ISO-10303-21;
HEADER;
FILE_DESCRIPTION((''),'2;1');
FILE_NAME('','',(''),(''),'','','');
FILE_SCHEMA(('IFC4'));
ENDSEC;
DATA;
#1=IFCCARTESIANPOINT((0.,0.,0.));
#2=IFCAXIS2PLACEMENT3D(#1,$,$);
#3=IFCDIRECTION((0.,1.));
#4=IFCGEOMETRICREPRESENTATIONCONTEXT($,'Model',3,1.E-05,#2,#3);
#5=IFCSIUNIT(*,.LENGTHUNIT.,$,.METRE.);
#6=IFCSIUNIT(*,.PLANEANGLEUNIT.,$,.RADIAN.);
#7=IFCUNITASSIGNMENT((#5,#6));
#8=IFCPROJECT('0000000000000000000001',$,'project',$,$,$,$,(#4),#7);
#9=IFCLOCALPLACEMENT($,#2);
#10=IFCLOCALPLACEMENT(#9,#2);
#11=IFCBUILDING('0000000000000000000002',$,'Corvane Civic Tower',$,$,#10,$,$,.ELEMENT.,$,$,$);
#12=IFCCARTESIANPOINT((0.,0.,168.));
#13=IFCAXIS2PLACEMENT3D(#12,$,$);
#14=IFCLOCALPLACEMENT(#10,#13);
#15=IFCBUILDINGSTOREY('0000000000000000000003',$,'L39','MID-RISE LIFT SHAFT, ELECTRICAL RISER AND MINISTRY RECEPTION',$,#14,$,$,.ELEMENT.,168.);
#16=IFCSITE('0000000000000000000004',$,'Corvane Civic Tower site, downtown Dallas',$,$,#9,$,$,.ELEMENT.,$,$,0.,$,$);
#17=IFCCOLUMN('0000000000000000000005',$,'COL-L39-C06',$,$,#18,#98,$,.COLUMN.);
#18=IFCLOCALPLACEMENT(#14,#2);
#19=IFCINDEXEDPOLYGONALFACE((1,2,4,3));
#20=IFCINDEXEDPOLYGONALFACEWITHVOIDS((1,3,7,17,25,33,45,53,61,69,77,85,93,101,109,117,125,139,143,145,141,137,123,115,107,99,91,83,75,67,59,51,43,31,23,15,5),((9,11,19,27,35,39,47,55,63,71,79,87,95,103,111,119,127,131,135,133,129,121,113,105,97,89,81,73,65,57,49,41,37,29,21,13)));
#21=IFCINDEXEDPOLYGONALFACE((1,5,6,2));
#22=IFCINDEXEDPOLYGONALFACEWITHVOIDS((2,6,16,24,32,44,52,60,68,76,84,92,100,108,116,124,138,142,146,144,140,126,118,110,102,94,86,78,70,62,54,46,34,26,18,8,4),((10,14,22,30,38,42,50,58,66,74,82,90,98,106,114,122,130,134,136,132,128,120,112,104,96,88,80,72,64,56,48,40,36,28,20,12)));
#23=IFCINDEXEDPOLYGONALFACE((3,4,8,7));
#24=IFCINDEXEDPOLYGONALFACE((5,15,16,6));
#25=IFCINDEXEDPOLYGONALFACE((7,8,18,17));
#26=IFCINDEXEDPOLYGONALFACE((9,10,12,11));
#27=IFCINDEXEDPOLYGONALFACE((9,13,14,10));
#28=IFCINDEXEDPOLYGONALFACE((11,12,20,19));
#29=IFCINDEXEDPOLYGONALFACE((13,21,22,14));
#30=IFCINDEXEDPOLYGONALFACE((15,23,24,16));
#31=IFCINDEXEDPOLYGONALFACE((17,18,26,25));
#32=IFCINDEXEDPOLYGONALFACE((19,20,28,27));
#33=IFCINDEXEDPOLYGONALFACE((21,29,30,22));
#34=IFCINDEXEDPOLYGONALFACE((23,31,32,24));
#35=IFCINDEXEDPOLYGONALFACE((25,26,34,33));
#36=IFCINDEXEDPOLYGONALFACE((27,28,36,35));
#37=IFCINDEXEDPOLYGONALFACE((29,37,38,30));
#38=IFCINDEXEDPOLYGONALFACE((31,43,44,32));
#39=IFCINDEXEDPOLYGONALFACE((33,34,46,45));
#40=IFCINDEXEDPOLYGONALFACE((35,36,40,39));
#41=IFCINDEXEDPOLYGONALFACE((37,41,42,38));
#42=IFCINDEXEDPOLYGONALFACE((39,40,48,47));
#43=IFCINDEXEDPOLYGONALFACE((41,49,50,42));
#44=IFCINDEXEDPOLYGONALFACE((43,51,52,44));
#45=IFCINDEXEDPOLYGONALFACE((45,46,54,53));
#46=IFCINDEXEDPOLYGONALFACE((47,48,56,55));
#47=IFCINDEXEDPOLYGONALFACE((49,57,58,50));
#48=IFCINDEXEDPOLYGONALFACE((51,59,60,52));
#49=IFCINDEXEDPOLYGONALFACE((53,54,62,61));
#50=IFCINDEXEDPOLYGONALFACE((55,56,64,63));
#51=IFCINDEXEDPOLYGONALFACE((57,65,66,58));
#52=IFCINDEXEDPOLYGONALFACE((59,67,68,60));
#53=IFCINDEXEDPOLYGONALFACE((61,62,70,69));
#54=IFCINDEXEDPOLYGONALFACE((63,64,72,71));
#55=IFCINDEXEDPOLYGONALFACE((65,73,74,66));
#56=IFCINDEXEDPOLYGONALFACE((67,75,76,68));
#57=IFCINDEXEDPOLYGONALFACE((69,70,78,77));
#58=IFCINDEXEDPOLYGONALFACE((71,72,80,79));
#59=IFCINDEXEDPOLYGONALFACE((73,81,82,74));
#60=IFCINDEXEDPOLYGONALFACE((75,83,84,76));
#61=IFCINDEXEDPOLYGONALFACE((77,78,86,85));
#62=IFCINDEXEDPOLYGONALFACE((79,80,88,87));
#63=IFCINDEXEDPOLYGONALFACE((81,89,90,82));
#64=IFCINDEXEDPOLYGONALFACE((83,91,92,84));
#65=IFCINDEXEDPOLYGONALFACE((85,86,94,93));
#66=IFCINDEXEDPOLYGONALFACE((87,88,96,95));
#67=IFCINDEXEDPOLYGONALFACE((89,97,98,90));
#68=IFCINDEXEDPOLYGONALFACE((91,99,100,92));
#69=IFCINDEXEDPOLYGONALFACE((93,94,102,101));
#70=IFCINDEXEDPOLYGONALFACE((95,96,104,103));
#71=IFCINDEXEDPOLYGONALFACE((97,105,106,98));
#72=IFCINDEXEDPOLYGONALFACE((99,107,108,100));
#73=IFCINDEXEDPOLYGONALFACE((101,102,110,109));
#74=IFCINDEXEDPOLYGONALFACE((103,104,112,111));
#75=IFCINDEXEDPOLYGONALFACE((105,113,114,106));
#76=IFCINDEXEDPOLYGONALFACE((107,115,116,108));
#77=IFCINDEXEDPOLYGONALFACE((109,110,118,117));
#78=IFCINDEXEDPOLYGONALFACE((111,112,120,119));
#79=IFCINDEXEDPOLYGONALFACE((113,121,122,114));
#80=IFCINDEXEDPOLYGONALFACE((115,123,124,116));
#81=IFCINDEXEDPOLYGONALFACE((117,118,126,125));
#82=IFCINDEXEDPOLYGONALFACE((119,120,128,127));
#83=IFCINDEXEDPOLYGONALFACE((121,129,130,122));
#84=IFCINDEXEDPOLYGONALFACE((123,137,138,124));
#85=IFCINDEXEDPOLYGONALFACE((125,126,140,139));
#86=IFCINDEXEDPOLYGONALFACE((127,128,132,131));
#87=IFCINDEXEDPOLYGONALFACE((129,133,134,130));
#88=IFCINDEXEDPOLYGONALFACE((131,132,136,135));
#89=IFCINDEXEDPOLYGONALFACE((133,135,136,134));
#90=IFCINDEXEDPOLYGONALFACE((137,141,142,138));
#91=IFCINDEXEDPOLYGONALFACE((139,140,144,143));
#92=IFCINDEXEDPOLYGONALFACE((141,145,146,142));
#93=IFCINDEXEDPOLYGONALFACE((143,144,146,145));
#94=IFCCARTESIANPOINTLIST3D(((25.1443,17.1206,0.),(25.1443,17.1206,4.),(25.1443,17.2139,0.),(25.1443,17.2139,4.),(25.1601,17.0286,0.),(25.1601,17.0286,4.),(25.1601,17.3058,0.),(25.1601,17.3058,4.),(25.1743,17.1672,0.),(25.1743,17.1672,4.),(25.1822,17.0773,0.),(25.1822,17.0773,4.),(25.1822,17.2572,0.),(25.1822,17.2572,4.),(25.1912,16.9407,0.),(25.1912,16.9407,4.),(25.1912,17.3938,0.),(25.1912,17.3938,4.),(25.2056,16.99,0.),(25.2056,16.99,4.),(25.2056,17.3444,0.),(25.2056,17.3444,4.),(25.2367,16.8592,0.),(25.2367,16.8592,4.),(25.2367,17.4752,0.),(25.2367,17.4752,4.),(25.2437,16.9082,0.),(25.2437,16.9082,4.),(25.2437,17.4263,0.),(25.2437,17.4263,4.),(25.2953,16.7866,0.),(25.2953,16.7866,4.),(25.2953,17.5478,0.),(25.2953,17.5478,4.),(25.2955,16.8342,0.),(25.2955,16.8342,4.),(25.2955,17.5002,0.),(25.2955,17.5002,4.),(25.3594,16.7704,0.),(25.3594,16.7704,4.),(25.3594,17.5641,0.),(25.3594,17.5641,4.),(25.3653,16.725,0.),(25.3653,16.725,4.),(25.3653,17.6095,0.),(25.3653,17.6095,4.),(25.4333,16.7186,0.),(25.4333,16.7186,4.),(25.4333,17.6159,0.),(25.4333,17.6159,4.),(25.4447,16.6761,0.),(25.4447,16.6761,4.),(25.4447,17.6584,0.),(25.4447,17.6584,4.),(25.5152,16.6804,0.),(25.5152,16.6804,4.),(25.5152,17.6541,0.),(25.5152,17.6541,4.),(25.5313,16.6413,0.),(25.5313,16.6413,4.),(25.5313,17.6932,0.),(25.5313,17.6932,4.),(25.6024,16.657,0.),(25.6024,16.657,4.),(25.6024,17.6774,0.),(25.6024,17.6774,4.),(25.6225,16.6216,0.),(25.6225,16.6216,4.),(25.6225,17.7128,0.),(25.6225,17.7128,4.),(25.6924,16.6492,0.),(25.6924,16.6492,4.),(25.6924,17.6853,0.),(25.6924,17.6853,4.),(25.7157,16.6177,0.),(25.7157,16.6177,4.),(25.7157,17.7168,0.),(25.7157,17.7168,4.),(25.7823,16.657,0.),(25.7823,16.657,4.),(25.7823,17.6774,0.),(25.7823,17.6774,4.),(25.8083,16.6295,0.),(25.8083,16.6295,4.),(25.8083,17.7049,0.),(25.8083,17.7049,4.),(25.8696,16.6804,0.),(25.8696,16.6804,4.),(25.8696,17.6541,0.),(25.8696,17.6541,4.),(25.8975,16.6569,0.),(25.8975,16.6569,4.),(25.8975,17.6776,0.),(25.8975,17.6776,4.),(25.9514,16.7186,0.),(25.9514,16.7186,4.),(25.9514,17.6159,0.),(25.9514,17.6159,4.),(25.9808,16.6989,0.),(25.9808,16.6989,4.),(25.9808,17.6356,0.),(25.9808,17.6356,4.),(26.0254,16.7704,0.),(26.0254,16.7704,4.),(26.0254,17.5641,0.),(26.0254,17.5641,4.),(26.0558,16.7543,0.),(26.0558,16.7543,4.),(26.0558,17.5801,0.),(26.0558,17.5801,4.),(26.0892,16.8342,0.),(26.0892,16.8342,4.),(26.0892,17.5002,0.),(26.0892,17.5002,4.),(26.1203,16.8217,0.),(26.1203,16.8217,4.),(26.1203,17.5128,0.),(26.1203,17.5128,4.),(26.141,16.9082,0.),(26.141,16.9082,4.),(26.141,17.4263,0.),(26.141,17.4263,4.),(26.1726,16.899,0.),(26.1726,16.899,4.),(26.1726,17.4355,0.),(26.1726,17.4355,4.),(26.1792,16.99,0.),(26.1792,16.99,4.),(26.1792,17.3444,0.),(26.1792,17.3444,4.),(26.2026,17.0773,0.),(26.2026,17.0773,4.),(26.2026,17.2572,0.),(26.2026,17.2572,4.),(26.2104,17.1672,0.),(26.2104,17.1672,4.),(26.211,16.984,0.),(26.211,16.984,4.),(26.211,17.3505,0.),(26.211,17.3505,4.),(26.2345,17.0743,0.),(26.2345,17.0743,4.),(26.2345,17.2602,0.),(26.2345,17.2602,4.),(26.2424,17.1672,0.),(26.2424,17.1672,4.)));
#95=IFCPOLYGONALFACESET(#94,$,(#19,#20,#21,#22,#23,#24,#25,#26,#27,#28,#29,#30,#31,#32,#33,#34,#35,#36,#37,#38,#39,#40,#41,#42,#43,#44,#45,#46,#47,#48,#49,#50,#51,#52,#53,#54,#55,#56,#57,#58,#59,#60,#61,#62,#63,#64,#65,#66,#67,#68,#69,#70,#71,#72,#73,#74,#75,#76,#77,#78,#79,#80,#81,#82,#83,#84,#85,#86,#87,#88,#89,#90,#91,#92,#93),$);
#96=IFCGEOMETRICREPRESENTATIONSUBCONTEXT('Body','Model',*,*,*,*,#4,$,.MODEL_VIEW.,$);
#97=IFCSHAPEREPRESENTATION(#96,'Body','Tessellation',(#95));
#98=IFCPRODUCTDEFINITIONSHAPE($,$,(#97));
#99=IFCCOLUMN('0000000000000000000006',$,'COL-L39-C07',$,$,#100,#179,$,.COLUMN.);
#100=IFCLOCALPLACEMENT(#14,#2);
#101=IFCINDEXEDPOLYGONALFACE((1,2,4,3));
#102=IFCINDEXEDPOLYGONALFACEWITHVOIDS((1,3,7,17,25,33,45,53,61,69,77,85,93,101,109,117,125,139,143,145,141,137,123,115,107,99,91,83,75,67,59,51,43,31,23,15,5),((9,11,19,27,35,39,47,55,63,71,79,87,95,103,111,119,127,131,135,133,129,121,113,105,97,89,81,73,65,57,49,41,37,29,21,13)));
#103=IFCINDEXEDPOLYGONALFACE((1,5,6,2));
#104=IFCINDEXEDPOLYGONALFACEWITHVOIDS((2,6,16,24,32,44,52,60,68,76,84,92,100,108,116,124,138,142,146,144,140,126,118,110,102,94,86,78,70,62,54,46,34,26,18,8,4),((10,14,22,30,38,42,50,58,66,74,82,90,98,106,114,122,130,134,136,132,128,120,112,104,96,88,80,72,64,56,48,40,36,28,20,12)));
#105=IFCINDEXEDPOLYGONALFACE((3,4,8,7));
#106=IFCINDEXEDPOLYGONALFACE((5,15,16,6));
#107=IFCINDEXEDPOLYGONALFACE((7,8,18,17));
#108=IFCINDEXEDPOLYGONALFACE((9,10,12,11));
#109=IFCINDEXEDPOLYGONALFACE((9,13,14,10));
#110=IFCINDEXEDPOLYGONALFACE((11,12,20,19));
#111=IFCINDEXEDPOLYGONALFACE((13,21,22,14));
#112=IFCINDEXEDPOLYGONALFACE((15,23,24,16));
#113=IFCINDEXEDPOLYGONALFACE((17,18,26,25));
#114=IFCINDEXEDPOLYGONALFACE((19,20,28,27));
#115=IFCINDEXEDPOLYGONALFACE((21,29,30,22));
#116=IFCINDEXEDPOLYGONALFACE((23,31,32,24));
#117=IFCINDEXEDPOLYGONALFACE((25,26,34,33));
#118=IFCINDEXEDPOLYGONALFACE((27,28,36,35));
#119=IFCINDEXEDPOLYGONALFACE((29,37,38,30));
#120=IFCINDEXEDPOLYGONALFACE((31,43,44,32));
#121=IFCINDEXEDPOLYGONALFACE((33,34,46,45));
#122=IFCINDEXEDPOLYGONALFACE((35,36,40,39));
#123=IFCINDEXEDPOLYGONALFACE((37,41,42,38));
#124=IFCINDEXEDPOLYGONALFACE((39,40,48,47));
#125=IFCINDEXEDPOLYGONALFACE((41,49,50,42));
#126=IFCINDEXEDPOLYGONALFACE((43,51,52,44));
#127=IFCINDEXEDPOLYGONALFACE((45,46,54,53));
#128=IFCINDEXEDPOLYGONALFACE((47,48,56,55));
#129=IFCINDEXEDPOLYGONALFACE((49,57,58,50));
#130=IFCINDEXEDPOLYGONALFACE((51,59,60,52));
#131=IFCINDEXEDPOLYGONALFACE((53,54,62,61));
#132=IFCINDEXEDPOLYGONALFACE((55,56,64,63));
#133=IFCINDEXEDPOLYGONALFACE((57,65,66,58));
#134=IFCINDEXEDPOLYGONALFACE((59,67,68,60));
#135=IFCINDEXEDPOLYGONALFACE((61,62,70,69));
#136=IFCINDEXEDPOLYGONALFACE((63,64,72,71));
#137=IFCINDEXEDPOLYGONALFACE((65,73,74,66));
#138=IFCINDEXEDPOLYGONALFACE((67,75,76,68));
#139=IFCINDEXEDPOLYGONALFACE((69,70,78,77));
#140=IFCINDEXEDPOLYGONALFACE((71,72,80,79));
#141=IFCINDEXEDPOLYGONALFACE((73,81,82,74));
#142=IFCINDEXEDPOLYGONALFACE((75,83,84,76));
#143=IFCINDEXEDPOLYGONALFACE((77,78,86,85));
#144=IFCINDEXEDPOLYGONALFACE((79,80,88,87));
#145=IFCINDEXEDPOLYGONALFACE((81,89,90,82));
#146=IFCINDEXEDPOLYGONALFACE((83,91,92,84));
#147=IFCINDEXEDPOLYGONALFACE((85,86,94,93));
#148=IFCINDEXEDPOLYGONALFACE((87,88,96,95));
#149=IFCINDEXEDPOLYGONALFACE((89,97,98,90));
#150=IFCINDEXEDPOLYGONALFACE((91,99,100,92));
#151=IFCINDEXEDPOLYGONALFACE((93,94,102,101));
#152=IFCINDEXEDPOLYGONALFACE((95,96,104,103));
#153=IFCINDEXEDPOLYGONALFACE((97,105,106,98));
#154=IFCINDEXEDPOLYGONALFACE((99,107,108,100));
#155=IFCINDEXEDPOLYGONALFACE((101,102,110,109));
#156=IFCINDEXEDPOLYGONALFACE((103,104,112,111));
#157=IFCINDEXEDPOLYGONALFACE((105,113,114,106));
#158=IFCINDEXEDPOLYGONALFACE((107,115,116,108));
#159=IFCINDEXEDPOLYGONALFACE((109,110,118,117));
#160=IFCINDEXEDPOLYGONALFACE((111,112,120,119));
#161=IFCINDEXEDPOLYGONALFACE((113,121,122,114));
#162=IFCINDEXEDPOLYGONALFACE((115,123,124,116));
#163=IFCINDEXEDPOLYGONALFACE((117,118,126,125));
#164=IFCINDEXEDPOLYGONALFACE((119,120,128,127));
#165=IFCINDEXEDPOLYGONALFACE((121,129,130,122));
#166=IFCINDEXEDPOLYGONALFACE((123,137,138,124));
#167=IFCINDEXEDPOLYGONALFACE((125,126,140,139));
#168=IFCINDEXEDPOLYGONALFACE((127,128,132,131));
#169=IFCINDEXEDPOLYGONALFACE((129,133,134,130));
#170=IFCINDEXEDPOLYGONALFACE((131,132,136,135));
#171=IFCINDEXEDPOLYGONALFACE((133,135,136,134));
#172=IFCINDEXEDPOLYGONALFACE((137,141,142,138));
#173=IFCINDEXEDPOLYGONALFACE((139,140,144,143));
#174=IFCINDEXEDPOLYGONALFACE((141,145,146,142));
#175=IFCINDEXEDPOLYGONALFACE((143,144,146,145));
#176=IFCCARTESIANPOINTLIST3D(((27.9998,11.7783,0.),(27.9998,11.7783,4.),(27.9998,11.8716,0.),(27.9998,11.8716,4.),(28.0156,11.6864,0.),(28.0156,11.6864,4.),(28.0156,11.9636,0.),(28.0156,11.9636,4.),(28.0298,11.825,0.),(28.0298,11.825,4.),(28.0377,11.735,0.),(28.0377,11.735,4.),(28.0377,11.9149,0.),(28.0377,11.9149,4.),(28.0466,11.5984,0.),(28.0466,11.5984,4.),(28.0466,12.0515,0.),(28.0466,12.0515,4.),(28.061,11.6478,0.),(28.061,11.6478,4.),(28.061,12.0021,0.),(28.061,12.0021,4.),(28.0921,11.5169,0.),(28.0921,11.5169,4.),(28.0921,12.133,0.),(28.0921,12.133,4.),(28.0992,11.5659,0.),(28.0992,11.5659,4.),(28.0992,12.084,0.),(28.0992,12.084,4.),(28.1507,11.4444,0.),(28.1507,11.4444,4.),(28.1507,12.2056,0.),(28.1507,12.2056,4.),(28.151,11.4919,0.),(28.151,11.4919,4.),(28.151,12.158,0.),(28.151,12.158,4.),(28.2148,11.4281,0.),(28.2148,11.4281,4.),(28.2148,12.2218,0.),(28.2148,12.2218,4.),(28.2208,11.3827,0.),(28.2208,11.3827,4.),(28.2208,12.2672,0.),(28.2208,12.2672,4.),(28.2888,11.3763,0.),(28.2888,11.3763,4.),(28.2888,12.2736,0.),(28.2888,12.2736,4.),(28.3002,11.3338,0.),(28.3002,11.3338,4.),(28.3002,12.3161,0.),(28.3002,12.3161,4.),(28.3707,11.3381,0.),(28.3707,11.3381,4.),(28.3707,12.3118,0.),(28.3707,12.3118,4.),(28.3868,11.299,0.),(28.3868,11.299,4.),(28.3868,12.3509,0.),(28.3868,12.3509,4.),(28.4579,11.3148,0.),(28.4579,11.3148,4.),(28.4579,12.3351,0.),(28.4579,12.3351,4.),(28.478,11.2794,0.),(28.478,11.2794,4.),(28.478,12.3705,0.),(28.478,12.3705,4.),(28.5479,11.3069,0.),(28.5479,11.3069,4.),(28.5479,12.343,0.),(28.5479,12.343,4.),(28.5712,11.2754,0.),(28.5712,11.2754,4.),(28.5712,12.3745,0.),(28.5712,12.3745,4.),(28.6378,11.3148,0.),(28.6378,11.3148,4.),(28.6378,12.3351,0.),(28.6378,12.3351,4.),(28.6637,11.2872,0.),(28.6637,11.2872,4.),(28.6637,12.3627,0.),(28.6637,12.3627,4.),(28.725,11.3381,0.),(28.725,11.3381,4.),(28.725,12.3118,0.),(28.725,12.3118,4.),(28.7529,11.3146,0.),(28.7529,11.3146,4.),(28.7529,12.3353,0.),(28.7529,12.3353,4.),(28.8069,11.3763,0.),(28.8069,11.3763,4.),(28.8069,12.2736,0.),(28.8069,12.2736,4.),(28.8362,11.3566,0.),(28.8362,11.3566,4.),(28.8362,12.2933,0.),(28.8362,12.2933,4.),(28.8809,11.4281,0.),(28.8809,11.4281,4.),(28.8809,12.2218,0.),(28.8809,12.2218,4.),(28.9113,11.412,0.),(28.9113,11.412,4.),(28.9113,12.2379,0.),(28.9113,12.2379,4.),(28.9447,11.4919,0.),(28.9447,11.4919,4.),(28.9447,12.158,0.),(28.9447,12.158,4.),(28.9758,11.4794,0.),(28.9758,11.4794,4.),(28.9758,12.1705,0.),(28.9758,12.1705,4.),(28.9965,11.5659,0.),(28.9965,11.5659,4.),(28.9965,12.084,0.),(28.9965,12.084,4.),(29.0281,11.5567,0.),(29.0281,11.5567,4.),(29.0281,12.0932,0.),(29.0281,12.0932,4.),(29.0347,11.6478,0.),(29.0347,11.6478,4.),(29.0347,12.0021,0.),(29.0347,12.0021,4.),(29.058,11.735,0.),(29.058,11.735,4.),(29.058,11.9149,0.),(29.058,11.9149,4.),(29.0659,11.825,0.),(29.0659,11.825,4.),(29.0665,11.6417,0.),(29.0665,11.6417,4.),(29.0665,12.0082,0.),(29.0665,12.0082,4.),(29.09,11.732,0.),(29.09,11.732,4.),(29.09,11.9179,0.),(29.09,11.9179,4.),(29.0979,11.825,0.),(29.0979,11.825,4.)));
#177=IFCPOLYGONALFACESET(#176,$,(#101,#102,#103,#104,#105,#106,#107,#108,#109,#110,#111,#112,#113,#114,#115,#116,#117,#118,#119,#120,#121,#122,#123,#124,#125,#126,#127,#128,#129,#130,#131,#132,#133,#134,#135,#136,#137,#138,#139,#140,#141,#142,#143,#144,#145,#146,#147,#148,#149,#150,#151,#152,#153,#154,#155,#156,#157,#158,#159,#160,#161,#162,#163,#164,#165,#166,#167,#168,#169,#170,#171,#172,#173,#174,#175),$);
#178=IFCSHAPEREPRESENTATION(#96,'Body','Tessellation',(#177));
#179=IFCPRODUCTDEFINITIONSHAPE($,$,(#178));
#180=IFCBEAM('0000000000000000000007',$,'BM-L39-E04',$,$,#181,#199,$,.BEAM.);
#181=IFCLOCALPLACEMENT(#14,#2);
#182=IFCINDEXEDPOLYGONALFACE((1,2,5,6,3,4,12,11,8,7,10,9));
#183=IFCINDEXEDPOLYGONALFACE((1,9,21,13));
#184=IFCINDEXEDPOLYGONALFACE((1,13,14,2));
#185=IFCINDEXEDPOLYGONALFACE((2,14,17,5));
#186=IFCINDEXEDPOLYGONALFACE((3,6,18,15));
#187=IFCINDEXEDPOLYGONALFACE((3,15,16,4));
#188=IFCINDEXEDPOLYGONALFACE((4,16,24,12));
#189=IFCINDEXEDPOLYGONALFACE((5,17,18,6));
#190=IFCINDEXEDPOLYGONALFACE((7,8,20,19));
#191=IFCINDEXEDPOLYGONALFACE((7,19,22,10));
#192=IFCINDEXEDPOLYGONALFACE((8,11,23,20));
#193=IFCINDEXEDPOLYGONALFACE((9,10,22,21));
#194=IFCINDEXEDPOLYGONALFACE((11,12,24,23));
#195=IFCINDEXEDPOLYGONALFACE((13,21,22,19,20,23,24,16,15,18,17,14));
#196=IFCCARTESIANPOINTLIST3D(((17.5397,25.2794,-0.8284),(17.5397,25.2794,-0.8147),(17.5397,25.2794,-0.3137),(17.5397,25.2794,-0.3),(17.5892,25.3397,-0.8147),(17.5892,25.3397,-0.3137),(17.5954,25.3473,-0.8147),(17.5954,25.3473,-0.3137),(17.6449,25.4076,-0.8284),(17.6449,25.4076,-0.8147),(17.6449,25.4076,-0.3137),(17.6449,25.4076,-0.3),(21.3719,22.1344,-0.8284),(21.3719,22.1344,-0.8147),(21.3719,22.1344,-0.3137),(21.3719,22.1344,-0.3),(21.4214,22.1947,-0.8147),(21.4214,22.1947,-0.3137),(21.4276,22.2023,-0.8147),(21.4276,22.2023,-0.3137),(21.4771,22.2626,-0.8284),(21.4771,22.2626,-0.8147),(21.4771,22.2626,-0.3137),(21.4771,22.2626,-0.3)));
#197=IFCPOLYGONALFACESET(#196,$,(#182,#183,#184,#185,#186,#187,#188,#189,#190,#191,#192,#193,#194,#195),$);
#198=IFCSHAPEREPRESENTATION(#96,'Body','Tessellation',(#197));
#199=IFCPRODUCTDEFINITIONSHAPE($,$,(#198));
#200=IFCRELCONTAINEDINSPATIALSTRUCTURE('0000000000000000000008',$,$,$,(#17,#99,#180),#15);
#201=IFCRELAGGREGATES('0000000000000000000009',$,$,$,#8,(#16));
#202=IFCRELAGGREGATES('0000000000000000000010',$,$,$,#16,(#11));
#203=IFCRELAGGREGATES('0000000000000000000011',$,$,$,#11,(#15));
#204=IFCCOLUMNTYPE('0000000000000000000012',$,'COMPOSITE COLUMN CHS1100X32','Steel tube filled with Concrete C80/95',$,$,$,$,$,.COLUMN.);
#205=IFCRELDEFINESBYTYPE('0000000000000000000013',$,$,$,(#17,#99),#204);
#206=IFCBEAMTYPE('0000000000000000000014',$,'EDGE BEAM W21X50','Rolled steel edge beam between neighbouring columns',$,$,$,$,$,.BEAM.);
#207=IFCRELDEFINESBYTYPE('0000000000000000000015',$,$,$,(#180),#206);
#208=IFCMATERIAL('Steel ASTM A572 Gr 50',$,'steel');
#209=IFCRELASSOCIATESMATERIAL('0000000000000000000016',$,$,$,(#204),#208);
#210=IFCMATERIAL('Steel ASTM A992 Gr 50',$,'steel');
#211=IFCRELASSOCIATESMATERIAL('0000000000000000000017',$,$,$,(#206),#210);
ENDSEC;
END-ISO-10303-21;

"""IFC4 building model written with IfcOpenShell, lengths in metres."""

from ifc_helpers import new_model, si_unit, direction, frame, origin, origin_2d, place, context, subcontext, project, spatial, hollow_circle, i_section, extrude, material, material_profile, profile_set, type_object, element, save


model = new_model("IFC4")

# Units and contexts
model_context = context("Model", 3, precision=1e-05, world=origin(), true_north=direction((0.0, 1.0)))
body_context = subcontext(model_context, "Body", "Model", "MODEL_VIEW")
ifc_project = project(units=[si_unit("LENGTHUNIT", "METRE"), si_unit("PLANEANGLEUNIT", "RADIAN")], contexts=[model_context])

# Site, building, storey
site_placement = place(None, origin())
site = spatial("IfcSite", under=ifc_project, at=site_placement, Name="Corvane Civic Tower site, downtown Dallas", CompositionType="ELEMENT", RefElevation=0.0)
building_placement = place(site_placement, origin())
building = spatial("IfcBuilding", under=site, at=building_placement, Name="Corvane Civic Tower", CompositionType="ELEMENT")
storey_placement = place(building_placement, frame((0.0, 0.0, 168.0)))
storey = spatial("IfcBuildingStorey", under=building, at=storey_placement, Name="L39", Description="MID-RISE LIFT SHAFT, ELECTRICAL RISER AND MINISTRY RECEPTION", CompositionType="ELEMENT", Elevation=168.0)

# Columns
ifc_material_1 = material(Name="Steel ASTM A572 Gr 50", Category="steel")
ifc_material_profile_1 = material_profile(ifc_material_1, hollow_circle(Radius=0.55, WallThickness=0.032, at=origin_2d()), Name="CHS1100X32")
ifc_profile_set_1 = profile_set([ifc_material_profile_1], Name="Steel ASTM A572 Gr 50")
column_type = type_object("IfcColumnType", Name="COMPOSITE COLUMN CHS1100X32", Description="Steel tube filled with Concrete C80/95", PredefinedType="COLUMN", material=ifc_profile_set_1)
for number, where, z_axis, x_axis, name in (
    (1, (25.6924, 17.1672, 0.0), (0.0, 0.0, 1.0), (1.0, 0.0, 0.0), "COL-L39-C06"),
    (2, (28.5479, 11.825, 0.0), (0.0, 0.0, 1.0), (1.0, 0.0, 0.0), "COL-L39-C07"),
):
    element("IfcColumn", number, at=place(storey_placement, frame(where, z_axis=z_axis, x_axis=x_axis)), inside=storey, type_object=column_type, Name=name, PredefinedType="COLUMN", context=body_context, shape_type="SweptSolid", body=[
        extrude(hollow_circle(Radius=0.55, WallThickness=0.032, at=origin_2d()), origin(), (0.0, 0.0, 1.0), 4.0),
    ])

# Beam
ifc_material_2 = material(Name="Steel ASTM A992 Gr 50", Category="steel")
ifc_material_profile_2 = material_profile(ifc_material_2, i_section(OverallWidth=0.1658, OverallDepth=0.5283, WebThickness=0.0098, FlangeThickness=0.0137, at=origin_2d()), Name="W21X50")
ifc_profile_set_2 = profile_set([ifc_material_profile_2], Name="Steel ASTM A992 Gr 50")
beam_type_1 = type_object("IfcBeamType", Name="EDGE BEAM W21X50", Description="Rolled steel edge beam between neighbouring columns", PredefinedType="BEAM", material=ifc_profile_set_2)
for number, where, z_axis, x_axis, name in (
    (3, (17.5923, 25.3435, -0.5642), (0.773015, -0.634388, 0.0), (0.634388, 0.773015, 0.0), "BM-L39-E04"),
):
    element("IfcBeam", number, at=place(storey_placement, frame(where, z_axis=z_axis, x_axis=x_axis)), inside=storey, type_object=beam_type_1, Name=name, PredefinedType="BEAM", context=body_context, shape_type="SweptSolid", body=[
        extrude(i_section(OverallWidth=0.1658, OverallDepth=0.5283, WebThickness=0.0098, FlangeThickness=0.0137, at=origin_2d()), origin(), (0.0, 0.0, 1.0), 4.9575),
    ])

save(model, "model.ifc")
